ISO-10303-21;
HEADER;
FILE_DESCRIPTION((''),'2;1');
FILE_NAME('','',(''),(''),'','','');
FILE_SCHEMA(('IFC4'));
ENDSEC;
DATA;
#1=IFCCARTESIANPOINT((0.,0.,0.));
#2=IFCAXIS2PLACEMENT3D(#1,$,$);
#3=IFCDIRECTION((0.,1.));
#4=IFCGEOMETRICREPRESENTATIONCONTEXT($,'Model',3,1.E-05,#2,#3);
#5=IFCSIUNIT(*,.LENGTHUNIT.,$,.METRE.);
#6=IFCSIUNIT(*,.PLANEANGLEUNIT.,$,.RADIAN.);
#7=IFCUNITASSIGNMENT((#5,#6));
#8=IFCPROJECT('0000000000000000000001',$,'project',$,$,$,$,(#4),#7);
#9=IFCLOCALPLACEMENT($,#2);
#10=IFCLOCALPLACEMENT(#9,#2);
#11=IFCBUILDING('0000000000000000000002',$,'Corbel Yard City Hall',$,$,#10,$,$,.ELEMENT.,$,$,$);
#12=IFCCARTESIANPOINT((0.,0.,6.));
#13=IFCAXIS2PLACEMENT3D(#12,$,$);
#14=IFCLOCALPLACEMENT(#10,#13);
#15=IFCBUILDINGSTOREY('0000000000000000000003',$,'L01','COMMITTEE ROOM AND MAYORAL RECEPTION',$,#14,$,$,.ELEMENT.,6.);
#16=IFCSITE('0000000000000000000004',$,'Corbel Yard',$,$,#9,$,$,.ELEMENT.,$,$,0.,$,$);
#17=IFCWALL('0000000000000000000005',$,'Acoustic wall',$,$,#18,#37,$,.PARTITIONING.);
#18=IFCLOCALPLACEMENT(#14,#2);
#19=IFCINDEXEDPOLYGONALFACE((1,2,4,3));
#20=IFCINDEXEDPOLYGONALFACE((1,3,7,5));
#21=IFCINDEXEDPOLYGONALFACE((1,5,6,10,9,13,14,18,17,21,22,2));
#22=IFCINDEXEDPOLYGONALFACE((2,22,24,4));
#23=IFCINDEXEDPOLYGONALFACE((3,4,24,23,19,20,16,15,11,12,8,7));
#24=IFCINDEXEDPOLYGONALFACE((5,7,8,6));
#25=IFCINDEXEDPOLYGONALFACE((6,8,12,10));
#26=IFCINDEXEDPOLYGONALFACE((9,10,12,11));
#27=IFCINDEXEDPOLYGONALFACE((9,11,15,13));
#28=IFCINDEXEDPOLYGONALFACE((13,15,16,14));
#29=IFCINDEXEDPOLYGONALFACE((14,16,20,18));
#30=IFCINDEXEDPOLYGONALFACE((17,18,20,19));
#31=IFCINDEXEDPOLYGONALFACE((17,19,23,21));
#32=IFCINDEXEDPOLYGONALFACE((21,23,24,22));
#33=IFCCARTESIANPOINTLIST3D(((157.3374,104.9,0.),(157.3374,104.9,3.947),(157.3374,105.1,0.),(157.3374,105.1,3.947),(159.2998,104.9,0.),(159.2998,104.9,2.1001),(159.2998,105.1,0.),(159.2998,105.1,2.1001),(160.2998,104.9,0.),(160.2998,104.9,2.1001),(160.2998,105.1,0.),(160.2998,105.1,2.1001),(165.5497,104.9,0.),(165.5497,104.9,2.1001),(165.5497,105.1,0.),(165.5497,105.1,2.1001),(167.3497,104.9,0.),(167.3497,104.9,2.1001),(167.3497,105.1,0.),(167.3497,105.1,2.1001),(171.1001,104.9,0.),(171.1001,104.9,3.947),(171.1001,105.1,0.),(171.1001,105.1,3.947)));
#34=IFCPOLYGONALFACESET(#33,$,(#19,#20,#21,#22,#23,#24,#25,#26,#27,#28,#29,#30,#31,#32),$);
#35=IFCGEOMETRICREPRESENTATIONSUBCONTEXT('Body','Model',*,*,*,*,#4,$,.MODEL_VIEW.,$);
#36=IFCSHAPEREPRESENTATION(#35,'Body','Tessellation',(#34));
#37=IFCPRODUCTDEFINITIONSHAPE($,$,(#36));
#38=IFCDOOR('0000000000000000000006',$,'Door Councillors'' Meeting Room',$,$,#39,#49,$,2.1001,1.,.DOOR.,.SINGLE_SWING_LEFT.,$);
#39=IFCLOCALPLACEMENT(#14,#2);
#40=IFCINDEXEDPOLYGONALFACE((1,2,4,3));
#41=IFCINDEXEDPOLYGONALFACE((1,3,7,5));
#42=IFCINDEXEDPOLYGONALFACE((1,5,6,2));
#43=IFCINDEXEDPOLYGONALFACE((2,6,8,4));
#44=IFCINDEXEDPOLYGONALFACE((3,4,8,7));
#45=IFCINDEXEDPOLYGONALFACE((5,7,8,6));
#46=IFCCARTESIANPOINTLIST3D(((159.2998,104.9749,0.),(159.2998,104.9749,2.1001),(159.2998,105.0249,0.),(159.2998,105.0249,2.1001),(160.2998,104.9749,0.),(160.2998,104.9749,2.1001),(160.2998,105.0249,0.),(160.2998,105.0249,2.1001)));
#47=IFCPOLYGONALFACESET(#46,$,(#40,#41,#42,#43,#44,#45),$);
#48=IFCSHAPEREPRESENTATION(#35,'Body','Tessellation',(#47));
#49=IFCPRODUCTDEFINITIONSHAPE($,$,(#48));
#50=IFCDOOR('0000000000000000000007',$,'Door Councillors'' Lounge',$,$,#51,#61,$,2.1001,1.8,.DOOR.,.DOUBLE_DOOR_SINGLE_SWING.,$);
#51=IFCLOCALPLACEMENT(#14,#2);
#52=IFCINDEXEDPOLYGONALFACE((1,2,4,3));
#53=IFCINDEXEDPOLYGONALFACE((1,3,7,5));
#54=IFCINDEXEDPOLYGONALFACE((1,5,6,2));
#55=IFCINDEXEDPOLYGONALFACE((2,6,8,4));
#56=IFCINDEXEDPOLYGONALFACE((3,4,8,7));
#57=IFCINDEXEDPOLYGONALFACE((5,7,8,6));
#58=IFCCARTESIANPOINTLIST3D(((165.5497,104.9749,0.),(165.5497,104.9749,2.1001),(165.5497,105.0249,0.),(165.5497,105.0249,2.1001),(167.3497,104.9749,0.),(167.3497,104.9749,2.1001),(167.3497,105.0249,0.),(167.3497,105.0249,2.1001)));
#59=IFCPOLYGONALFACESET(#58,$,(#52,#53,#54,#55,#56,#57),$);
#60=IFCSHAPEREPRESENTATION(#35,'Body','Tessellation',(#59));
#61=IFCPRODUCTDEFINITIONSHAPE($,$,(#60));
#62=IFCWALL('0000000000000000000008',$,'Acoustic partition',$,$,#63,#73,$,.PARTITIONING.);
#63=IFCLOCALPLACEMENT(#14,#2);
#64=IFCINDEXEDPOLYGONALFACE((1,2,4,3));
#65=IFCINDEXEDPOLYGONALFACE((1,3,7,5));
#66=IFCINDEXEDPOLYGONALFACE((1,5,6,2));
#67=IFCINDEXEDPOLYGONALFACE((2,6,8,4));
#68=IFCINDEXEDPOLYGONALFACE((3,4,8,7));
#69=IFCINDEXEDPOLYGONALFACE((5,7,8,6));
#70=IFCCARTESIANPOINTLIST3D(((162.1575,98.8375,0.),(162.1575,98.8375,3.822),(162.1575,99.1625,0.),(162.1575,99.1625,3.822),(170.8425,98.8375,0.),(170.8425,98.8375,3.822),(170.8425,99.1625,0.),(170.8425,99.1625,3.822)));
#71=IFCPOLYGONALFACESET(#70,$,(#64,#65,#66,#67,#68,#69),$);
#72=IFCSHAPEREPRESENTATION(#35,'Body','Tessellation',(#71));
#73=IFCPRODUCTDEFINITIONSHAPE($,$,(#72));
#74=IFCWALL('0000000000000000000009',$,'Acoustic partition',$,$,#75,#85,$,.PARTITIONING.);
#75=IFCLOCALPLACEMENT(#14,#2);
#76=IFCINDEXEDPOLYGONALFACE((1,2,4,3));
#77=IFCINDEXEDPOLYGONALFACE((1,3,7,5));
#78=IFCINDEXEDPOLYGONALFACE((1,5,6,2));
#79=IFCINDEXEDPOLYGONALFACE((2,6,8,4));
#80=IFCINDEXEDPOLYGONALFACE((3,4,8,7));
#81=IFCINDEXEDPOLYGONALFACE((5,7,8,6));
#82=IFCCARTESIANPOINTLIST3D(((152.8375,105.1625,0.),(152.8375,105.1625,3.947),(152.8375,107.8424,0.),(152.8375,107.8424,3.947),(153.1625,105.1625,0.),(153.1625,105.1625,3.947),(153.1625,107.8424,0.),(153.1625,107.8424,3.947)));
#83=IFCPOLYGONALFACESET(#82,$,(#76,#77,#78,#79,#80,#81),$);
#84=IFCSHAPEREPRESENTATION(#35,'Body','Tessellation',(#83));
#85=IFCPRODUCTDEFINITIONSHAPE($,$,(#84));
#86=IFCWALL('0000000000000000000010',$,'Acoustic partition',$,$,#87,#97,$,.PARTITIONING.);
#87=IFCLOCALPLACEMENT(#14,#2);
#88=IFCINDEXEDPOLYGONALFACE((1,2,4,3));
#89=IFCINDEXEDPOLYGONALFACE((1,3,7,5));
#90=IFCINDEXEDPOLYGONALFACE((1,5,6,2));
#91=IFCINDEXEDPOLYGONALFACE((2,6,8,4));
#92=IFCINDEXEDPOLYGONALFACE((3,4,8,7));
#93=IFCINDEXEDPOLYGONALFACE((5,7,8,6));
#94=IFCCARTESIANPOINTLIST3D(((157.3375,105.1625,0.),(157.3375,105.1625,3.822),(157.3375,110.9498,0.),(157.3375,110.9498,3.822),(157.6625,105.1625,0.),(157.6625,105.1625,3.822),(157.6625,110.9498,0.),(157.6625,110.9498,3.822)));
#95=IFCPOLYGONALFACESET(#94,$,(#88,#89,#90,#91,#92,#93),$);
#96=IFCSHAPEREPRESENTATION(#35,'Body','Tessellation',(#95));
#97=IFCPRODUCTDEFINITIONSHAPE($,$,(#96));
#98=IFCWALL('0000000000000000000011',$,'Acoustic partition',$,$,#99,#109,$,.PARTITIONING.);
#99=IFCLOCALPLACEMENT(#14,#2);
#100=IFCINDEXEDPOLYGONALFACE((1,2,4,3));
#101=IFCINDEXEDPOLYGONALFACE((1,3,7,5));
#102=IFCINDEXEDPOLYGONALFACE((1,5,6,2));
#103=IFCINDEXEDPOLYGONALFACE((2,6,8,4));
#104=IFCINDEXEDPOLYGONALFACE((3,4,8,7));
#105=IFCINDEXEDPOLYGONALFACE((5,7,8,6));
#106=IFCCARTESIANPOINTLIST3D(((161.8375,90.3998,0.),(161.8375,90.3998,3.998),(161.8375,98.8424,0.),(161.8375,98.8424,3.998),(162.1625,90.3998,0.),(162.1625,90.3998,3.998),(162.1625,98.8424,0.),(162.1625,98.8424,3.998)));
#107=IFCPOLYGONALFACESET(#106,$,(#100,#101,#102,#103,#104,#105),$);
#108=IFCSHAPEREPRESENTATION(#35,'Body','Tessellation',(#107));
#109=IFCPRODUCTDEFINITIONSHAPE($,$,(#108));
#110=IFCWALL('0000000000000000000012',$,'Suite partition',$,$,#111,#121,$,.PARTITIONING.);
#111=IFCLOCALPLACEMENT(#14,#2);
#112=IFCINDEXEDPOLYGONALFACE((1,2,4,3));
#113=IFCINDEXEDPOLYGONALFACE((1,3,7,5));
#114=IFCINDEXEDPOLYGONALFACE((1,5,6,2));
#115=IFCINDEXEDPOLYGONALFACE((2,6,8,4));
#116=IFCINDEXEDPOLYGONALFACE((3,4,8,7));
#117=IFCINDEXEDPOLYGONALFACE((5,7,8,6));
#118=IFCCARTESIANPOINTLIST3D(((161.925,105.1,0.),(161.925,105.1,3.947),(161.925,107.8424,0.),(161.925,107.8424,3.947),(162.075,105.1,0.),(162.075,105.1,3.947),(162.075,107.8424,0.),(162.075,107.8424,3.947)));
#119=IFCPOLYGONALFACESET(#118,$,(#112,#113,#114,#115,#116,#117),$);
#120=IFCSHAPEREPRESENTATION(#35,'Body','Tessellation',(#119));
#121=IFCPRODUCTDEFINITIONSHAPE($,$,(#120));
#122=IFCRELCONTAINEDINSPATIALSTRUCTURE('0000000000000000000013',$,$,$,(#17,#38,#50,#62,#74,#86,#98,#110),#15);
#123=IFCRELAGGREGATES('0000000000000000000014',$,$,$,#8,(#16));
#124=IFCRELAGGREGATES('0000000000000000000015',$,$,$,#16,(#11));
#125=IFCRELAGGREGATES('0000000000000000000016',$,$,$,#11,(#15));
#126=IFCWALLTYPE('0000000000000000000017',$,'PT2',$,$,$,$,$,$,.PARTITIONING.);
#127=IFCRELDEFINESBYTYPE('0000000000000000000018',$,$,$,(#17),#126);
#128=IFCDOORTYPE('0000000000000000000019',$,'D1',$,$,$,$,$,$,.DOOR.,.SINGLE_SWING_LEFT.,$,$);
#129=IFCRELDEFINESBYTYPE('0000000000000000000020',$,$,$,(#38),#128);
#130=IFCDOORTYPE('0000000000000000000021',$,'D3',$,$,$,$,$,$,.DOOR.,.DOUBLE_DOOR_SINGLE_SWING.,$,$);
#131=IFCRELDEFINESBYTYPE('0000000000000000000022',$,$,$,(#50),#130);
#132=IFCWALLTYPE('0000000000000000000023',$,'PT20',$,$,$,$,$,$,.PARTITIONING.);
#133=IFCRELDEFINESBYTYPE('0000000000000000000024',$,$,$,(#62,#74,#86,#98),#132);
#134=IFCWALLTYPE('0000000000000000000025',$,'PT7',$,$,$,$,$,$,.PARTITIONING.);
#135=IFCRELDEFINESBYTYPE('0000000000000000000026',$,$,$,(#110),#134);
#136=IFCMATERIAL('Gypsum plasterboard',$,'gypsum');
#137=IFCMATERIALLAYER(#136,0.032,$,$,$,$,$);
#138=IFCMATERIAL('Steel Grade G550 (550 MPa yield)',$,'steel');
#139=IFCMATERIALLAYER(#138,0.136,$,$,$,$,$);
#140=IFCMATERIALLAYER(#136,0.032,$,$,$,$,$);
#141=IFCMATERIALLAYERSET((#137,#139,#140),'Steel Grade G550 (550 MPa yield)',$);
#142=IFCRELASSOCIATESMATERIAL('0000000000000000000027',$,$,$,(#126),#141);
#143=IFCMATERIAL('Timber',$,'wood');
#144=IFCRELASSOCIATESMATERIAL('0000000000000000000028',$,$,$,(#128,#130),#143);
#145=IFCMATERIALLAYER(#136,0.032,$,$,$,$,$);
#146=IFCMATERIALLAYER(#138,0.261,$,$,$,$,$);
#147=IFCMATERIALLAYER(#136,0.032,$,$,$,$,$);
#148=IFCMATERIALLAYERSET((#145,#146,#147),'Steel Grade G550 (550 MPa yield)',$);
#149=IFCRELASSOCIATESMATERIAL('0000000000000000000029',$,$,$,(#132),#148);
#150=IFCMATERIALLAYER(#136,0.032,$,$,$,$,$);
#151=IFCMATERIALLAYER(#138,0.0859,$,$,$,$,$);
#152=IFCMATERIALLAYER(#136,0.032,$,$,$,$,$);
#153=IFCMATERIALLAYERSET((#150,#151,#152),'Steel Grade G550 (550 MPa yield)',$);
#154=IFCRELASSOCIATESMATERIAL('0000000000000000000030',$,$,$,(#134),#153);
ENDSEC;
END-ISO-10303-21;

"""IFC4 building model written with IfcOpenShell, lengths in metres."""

from ifc_helpers import new_model, si_unit, direction, frame, frame_2d, origin, place, context, subcontext, project, spatial, rectangle, extrude, material, layer, layer_set, type_object, element, fill, save


model = new_model("IFC4")

# Units and contexts
model_context = context("Model", 3, precision=1e-05, world=origin(), true_north=direction((0.0, 1.0)))
body_context = subcontext(model_context, "Body", "Model", "MODEL_VIEW")
ifc_project = project(units=[si_unit("LENGTHUNIT", "METRE"), si_unit("PLANEANGLEUNIT", "RADIAN")], contexts=[model_context])

# Site, building, storey
site_placement = place(None, origin())
site = spatial("IfcSite", under=ifc_project, at=site_placement, Name="Corbel Yard", CompositionType="ELEMENT", RefElevation=0.0)
building_placement = place(site_placement, origin())
building = spatial("IfcBuilding", under=site, at=building_placement, Name="Corbel Yard City Hall", CompositionType="ELEMENT")
storey_placement = place(building_placement, frame((0.0, 0.0, 6.0)))
storey = spatial("IfcBuildingStorey", under=building, at=storey_placement, Name="L01", Description="COMMITTEE ROOM AND MAYORAL RECEPTION", CompositionType="ELEMENT", Elevation=6.0)

# Wall, openings, doors
ifc_material_1 = material(Name="Gypsum plasterboard", Category="gypsum")
ifc_layer_1 = layer(ifc_material_1, 0.032)
ifc_material_2 = material(Name="Steel Grade G550 (550 MPa yield)", Category="steel")
ifc_layer_2 = layer(ifc_material_2, 0.136)
ifc_layer_3 = layer(ifc_material_1, 0.032)
ifc_layer_set_1 = layer_set([ifc_layer_1, ifc_layer_2, ifc_layer_3], Name="Steel Grade G550 (550 MPa yield)")
wall_type_1 = type_object("IfcWallType", Name="PT2", PredefinedType="PARTITIONING", material=ifc_layer_set_1)
wall_1_placement = place(storey_placement, frame((157.3374, 105.0, 0.0), z_axis=(0.0, 0.0, 1.0), x_axis=(1.0, 0.0, 0.0)))
wall_1 = element("IfcWall", 1, at=wall_1_placement, inside=storey, type_object=wall_type_1, Name="Acoustic wall", PredefinedType="PARTITIONING", context=body_context, shape_type="SweptSolid", body=[
    extrude(rectangle(XDim=13.7627, YDim=0.2, at=frame_2d((6.8813, 0.0))), origin(), (0.0, 0.0, 1.0), 3.947),
])
opening_1_placement = place(wall_1_placement, frame((8.2124, 0.0, 0.0)))
opening_1 = element("IfcOpeningElement", 2, at=opening_1_placement, cuts=wall_1, PredefinedType="OPENING", context=body_context, shape_type="SweptSolid", body=[
    extrude(rectangle(XDim=1.8, YDim=2.1001, at=frame_2d((0.8999, 1.05))), frame((0.0, 0.1099, 0.0), z_axis=(0.0, -1.0, 0.0), x_axis=(1.0, 0.0, 0.0)), (0.0, 0.0, 1.0), 0.22),
])
opening_2_placement = place(wall_1_placement, frame((1.9624, 0.0, 0.0)))
opening_2 = element("IfcOpeningElement", 3, at=opening_2_placement, cuts=wall_1, PredefinedType="OPENING", context=body_context, shape_type="SweptSolid", body=[
    extrude(rectangle(XDim=1.0, YDim=2.1001, at=frame_2d((0.5, 1.05))), frame((0.0, 0.1099, 0.0), z_axis=(0.0, -1.0, 0.0), x_axis=(1.0, 0.0, 0.0)), (0.0, 0.0, 1.0), 0.22),
])
ifc_material_3 = material(Name="Timber", Category="wood")
door_type_1 = type_object("IfcDoorType", Name="D1", OperationType="SINGLE_SWING_LEFT", PredefinedType="DOOR", material=ifc_material_3)
door_1_placement = place(opening_2_placement, origin())
door_1 = element("IfcDoor", 4, at=door_1_placement, inside=storey, type_object=door_type_1, Name="Door Councillors' Meeting Room", OperationType="SINGLE_SWING_LEFT", OverallHeight=2.1001, OverallWidth=1.0, PredefinedType="DOOR", context=body_context, shape_type="SweptSolid", body=[
    extrude(rectangle(XDim=1.0, YDim=2.1001, at=frame_2d((0.5, 1.05))), frame((0.0, 0.0249, 0.0), z_axis=(0.0, -1.0, 0.0), x_axis=(1.0, 0.0, 0.0)), (0.0, 0.0, 1.0), 0.05),
])
fill(opening_2, door_1)
door_type_2 = type_object("IfcDoorType", Name="D3", OperationType="DOUBLE_DOOR_SINGLE_SWING", PredefinedType="DOOR", material=ifc_material_3)
door_2_placement = place(opening_1_placement, origin())
door_2 = element("IfcDoor", 5, at=door_2_placement, inside=storey, type_object=door_type_2, Name="Door Councillors' Lounge", OperationType="DOUBLE_DOOR_SINGLE_SWING", OverallHeight=2.1001, OverallWidth=1.8, PredefinedType="DOOR", context=body_context, shape_type="SweptSolid", body=[
    extrude(rectangle(XDim=1.8, YDim=2.1001, at=frame_2d((0.8999, 1.05))), frame((0.0, 0.0249, 0.0), z_axis=(0.0, -1.0, 0.0), x_axis=(1.0, 0.0, 0.0)), (0.0, 0.0, 1.0), 0.05),
])
fill(opening_1, door_2)

# Shared definitions
ifc_layer_4 = layer(ifc_material_1, 0.032)
ifc_layer_5 = layer(ifc_material_2, 0.261)
ifc_layer_6 = layer(ifc_material_1, 0.032)
ifc_layer_set_2 = layer_set([ifc_layer_4, ifc_layer_5, ifc_layer_6], Name="Steel Grade G550 (550 MPa yield)")
wall_type_2 = type_object("IfcWallType", Name="PT20", PredefinedType="PARTITIONING", material=ifc_layer_set_2)

# Walls
wall_2_placement = place(storey_placement, frame((162.1575, 99.0, 0.0), z_axis=(0.0, 0.0, 1.0), x_axis=(1.0, 0.0, 0.0)))
element("IfcWall", 6, at=wall_2_placement, inside=storey, type_object=wall_type_2, Name="Acoustic partition", PredefinedType="PARTITIONING", context=body_context, shape_type="SweptSolid", body=[
    extrude(rectangle(XDim=8.6851, YDim=0.325, at=frame_2d((4.3425, 0.0))), origin(), (0.0, 0.0, 1.0), 3.822),
])
wall_3_placement = place(storey_placement, frame((153.0, 105.1626, 0.0), z_axis=(0.0, 0.0, 1.0), x_axis=(0.0, 1.0, 0.0)))
element("IfcWall", 7, at=wall_3_placement, inside=storey, type_object=wall_type_2, Name="Acoustic partition", PredefinedType="PARTITIONING", context=body_context, shape_type="SweptSolid", body=[
    extrude(rectangle(XDim=2.6799, YDim=0.325, at=frame_2d((1.3398, 0.0))), origin(), (0.0, 0.0, 1.0), 3.947),
])
wall_4_placement = place(storey_placement, frame((157.5, 105.1626, 0.0), z_axis=(0.0, 0.0, 1.0), x_axis=(0.0, 1.0, 0.0)))
element("IfcWall", 8, at=wall_4_placement, inside=storey, type_object=wall_type_2, Name="Acoustic partition", PredefinedType="PARTITIONING", context=body_context, shape_type="SweptSolid", body=[
    extrude(rectangle(XDim=5.7874, YDim=0.325, at=frame_2d((2.8936, 0.0))), origin(), (0.0, 0.0, 1.0), 3.822),
])
wall_5_placement = place(storey_placement, frame((162.0, 90.3999, 0.0), z_axis=(0.0, 0.0, 1.0), x_axis=(0.0, 1.0, 0.0)))
element("IfcWall", 9, at=wall_5_placement, inside=storey, type_object=wall_type_2, Name="Acoustic partition", PredefinedType="PARTITIONING", context=body_context, shape_type="SweptSolid", body=[
    extrude(rectangle(XDim=8.4426, YDim=0.325, at=frame_2d((4.2212, 0.0))), origin(), (0.0, 0.0, 1.0), 3.998),
])
ifc_layer_7 = layer(ifc_material_1, 0.032)
ifc_layer_8 = layer(ifc_material_2, 0.0859)
ifc_layer_9 = layer(ifc_material_1, 0.032)
ifc_layer_set_3 = layer_set([ifc_layer_7, ifc_layer_8, ifc_layer_9], Name="Steel Grade G550 (550 MPa yield)")
wall_type_3 = type_object("IfcWallType", Name="PT7", PredefinedType="PARTITIONING", material=ifc_layer_set_3)
wall_6_placement = place(storey_placement, frame((162.0, 105.1001, 0.0), z_axis=(0.0, 0.0, 1.0), x_axis=(0.0, 1.0, 0.0)))
element("IfcWall", 10, at=wall_6_placement, inside=storey, type_object=wall_type_3, Name="Suite partition", PredefinedType="PARTITIONING", context=body_context, shape_type="SweptSolid", body=[
    extrude(rectangle(XDim=2.7424, YDim=0.1499, at=frame_2d((1.3711, 0.0))), origin(), (0.0, 0.0, 1.0), 3.947),
])

save(model, "model.ifc")
